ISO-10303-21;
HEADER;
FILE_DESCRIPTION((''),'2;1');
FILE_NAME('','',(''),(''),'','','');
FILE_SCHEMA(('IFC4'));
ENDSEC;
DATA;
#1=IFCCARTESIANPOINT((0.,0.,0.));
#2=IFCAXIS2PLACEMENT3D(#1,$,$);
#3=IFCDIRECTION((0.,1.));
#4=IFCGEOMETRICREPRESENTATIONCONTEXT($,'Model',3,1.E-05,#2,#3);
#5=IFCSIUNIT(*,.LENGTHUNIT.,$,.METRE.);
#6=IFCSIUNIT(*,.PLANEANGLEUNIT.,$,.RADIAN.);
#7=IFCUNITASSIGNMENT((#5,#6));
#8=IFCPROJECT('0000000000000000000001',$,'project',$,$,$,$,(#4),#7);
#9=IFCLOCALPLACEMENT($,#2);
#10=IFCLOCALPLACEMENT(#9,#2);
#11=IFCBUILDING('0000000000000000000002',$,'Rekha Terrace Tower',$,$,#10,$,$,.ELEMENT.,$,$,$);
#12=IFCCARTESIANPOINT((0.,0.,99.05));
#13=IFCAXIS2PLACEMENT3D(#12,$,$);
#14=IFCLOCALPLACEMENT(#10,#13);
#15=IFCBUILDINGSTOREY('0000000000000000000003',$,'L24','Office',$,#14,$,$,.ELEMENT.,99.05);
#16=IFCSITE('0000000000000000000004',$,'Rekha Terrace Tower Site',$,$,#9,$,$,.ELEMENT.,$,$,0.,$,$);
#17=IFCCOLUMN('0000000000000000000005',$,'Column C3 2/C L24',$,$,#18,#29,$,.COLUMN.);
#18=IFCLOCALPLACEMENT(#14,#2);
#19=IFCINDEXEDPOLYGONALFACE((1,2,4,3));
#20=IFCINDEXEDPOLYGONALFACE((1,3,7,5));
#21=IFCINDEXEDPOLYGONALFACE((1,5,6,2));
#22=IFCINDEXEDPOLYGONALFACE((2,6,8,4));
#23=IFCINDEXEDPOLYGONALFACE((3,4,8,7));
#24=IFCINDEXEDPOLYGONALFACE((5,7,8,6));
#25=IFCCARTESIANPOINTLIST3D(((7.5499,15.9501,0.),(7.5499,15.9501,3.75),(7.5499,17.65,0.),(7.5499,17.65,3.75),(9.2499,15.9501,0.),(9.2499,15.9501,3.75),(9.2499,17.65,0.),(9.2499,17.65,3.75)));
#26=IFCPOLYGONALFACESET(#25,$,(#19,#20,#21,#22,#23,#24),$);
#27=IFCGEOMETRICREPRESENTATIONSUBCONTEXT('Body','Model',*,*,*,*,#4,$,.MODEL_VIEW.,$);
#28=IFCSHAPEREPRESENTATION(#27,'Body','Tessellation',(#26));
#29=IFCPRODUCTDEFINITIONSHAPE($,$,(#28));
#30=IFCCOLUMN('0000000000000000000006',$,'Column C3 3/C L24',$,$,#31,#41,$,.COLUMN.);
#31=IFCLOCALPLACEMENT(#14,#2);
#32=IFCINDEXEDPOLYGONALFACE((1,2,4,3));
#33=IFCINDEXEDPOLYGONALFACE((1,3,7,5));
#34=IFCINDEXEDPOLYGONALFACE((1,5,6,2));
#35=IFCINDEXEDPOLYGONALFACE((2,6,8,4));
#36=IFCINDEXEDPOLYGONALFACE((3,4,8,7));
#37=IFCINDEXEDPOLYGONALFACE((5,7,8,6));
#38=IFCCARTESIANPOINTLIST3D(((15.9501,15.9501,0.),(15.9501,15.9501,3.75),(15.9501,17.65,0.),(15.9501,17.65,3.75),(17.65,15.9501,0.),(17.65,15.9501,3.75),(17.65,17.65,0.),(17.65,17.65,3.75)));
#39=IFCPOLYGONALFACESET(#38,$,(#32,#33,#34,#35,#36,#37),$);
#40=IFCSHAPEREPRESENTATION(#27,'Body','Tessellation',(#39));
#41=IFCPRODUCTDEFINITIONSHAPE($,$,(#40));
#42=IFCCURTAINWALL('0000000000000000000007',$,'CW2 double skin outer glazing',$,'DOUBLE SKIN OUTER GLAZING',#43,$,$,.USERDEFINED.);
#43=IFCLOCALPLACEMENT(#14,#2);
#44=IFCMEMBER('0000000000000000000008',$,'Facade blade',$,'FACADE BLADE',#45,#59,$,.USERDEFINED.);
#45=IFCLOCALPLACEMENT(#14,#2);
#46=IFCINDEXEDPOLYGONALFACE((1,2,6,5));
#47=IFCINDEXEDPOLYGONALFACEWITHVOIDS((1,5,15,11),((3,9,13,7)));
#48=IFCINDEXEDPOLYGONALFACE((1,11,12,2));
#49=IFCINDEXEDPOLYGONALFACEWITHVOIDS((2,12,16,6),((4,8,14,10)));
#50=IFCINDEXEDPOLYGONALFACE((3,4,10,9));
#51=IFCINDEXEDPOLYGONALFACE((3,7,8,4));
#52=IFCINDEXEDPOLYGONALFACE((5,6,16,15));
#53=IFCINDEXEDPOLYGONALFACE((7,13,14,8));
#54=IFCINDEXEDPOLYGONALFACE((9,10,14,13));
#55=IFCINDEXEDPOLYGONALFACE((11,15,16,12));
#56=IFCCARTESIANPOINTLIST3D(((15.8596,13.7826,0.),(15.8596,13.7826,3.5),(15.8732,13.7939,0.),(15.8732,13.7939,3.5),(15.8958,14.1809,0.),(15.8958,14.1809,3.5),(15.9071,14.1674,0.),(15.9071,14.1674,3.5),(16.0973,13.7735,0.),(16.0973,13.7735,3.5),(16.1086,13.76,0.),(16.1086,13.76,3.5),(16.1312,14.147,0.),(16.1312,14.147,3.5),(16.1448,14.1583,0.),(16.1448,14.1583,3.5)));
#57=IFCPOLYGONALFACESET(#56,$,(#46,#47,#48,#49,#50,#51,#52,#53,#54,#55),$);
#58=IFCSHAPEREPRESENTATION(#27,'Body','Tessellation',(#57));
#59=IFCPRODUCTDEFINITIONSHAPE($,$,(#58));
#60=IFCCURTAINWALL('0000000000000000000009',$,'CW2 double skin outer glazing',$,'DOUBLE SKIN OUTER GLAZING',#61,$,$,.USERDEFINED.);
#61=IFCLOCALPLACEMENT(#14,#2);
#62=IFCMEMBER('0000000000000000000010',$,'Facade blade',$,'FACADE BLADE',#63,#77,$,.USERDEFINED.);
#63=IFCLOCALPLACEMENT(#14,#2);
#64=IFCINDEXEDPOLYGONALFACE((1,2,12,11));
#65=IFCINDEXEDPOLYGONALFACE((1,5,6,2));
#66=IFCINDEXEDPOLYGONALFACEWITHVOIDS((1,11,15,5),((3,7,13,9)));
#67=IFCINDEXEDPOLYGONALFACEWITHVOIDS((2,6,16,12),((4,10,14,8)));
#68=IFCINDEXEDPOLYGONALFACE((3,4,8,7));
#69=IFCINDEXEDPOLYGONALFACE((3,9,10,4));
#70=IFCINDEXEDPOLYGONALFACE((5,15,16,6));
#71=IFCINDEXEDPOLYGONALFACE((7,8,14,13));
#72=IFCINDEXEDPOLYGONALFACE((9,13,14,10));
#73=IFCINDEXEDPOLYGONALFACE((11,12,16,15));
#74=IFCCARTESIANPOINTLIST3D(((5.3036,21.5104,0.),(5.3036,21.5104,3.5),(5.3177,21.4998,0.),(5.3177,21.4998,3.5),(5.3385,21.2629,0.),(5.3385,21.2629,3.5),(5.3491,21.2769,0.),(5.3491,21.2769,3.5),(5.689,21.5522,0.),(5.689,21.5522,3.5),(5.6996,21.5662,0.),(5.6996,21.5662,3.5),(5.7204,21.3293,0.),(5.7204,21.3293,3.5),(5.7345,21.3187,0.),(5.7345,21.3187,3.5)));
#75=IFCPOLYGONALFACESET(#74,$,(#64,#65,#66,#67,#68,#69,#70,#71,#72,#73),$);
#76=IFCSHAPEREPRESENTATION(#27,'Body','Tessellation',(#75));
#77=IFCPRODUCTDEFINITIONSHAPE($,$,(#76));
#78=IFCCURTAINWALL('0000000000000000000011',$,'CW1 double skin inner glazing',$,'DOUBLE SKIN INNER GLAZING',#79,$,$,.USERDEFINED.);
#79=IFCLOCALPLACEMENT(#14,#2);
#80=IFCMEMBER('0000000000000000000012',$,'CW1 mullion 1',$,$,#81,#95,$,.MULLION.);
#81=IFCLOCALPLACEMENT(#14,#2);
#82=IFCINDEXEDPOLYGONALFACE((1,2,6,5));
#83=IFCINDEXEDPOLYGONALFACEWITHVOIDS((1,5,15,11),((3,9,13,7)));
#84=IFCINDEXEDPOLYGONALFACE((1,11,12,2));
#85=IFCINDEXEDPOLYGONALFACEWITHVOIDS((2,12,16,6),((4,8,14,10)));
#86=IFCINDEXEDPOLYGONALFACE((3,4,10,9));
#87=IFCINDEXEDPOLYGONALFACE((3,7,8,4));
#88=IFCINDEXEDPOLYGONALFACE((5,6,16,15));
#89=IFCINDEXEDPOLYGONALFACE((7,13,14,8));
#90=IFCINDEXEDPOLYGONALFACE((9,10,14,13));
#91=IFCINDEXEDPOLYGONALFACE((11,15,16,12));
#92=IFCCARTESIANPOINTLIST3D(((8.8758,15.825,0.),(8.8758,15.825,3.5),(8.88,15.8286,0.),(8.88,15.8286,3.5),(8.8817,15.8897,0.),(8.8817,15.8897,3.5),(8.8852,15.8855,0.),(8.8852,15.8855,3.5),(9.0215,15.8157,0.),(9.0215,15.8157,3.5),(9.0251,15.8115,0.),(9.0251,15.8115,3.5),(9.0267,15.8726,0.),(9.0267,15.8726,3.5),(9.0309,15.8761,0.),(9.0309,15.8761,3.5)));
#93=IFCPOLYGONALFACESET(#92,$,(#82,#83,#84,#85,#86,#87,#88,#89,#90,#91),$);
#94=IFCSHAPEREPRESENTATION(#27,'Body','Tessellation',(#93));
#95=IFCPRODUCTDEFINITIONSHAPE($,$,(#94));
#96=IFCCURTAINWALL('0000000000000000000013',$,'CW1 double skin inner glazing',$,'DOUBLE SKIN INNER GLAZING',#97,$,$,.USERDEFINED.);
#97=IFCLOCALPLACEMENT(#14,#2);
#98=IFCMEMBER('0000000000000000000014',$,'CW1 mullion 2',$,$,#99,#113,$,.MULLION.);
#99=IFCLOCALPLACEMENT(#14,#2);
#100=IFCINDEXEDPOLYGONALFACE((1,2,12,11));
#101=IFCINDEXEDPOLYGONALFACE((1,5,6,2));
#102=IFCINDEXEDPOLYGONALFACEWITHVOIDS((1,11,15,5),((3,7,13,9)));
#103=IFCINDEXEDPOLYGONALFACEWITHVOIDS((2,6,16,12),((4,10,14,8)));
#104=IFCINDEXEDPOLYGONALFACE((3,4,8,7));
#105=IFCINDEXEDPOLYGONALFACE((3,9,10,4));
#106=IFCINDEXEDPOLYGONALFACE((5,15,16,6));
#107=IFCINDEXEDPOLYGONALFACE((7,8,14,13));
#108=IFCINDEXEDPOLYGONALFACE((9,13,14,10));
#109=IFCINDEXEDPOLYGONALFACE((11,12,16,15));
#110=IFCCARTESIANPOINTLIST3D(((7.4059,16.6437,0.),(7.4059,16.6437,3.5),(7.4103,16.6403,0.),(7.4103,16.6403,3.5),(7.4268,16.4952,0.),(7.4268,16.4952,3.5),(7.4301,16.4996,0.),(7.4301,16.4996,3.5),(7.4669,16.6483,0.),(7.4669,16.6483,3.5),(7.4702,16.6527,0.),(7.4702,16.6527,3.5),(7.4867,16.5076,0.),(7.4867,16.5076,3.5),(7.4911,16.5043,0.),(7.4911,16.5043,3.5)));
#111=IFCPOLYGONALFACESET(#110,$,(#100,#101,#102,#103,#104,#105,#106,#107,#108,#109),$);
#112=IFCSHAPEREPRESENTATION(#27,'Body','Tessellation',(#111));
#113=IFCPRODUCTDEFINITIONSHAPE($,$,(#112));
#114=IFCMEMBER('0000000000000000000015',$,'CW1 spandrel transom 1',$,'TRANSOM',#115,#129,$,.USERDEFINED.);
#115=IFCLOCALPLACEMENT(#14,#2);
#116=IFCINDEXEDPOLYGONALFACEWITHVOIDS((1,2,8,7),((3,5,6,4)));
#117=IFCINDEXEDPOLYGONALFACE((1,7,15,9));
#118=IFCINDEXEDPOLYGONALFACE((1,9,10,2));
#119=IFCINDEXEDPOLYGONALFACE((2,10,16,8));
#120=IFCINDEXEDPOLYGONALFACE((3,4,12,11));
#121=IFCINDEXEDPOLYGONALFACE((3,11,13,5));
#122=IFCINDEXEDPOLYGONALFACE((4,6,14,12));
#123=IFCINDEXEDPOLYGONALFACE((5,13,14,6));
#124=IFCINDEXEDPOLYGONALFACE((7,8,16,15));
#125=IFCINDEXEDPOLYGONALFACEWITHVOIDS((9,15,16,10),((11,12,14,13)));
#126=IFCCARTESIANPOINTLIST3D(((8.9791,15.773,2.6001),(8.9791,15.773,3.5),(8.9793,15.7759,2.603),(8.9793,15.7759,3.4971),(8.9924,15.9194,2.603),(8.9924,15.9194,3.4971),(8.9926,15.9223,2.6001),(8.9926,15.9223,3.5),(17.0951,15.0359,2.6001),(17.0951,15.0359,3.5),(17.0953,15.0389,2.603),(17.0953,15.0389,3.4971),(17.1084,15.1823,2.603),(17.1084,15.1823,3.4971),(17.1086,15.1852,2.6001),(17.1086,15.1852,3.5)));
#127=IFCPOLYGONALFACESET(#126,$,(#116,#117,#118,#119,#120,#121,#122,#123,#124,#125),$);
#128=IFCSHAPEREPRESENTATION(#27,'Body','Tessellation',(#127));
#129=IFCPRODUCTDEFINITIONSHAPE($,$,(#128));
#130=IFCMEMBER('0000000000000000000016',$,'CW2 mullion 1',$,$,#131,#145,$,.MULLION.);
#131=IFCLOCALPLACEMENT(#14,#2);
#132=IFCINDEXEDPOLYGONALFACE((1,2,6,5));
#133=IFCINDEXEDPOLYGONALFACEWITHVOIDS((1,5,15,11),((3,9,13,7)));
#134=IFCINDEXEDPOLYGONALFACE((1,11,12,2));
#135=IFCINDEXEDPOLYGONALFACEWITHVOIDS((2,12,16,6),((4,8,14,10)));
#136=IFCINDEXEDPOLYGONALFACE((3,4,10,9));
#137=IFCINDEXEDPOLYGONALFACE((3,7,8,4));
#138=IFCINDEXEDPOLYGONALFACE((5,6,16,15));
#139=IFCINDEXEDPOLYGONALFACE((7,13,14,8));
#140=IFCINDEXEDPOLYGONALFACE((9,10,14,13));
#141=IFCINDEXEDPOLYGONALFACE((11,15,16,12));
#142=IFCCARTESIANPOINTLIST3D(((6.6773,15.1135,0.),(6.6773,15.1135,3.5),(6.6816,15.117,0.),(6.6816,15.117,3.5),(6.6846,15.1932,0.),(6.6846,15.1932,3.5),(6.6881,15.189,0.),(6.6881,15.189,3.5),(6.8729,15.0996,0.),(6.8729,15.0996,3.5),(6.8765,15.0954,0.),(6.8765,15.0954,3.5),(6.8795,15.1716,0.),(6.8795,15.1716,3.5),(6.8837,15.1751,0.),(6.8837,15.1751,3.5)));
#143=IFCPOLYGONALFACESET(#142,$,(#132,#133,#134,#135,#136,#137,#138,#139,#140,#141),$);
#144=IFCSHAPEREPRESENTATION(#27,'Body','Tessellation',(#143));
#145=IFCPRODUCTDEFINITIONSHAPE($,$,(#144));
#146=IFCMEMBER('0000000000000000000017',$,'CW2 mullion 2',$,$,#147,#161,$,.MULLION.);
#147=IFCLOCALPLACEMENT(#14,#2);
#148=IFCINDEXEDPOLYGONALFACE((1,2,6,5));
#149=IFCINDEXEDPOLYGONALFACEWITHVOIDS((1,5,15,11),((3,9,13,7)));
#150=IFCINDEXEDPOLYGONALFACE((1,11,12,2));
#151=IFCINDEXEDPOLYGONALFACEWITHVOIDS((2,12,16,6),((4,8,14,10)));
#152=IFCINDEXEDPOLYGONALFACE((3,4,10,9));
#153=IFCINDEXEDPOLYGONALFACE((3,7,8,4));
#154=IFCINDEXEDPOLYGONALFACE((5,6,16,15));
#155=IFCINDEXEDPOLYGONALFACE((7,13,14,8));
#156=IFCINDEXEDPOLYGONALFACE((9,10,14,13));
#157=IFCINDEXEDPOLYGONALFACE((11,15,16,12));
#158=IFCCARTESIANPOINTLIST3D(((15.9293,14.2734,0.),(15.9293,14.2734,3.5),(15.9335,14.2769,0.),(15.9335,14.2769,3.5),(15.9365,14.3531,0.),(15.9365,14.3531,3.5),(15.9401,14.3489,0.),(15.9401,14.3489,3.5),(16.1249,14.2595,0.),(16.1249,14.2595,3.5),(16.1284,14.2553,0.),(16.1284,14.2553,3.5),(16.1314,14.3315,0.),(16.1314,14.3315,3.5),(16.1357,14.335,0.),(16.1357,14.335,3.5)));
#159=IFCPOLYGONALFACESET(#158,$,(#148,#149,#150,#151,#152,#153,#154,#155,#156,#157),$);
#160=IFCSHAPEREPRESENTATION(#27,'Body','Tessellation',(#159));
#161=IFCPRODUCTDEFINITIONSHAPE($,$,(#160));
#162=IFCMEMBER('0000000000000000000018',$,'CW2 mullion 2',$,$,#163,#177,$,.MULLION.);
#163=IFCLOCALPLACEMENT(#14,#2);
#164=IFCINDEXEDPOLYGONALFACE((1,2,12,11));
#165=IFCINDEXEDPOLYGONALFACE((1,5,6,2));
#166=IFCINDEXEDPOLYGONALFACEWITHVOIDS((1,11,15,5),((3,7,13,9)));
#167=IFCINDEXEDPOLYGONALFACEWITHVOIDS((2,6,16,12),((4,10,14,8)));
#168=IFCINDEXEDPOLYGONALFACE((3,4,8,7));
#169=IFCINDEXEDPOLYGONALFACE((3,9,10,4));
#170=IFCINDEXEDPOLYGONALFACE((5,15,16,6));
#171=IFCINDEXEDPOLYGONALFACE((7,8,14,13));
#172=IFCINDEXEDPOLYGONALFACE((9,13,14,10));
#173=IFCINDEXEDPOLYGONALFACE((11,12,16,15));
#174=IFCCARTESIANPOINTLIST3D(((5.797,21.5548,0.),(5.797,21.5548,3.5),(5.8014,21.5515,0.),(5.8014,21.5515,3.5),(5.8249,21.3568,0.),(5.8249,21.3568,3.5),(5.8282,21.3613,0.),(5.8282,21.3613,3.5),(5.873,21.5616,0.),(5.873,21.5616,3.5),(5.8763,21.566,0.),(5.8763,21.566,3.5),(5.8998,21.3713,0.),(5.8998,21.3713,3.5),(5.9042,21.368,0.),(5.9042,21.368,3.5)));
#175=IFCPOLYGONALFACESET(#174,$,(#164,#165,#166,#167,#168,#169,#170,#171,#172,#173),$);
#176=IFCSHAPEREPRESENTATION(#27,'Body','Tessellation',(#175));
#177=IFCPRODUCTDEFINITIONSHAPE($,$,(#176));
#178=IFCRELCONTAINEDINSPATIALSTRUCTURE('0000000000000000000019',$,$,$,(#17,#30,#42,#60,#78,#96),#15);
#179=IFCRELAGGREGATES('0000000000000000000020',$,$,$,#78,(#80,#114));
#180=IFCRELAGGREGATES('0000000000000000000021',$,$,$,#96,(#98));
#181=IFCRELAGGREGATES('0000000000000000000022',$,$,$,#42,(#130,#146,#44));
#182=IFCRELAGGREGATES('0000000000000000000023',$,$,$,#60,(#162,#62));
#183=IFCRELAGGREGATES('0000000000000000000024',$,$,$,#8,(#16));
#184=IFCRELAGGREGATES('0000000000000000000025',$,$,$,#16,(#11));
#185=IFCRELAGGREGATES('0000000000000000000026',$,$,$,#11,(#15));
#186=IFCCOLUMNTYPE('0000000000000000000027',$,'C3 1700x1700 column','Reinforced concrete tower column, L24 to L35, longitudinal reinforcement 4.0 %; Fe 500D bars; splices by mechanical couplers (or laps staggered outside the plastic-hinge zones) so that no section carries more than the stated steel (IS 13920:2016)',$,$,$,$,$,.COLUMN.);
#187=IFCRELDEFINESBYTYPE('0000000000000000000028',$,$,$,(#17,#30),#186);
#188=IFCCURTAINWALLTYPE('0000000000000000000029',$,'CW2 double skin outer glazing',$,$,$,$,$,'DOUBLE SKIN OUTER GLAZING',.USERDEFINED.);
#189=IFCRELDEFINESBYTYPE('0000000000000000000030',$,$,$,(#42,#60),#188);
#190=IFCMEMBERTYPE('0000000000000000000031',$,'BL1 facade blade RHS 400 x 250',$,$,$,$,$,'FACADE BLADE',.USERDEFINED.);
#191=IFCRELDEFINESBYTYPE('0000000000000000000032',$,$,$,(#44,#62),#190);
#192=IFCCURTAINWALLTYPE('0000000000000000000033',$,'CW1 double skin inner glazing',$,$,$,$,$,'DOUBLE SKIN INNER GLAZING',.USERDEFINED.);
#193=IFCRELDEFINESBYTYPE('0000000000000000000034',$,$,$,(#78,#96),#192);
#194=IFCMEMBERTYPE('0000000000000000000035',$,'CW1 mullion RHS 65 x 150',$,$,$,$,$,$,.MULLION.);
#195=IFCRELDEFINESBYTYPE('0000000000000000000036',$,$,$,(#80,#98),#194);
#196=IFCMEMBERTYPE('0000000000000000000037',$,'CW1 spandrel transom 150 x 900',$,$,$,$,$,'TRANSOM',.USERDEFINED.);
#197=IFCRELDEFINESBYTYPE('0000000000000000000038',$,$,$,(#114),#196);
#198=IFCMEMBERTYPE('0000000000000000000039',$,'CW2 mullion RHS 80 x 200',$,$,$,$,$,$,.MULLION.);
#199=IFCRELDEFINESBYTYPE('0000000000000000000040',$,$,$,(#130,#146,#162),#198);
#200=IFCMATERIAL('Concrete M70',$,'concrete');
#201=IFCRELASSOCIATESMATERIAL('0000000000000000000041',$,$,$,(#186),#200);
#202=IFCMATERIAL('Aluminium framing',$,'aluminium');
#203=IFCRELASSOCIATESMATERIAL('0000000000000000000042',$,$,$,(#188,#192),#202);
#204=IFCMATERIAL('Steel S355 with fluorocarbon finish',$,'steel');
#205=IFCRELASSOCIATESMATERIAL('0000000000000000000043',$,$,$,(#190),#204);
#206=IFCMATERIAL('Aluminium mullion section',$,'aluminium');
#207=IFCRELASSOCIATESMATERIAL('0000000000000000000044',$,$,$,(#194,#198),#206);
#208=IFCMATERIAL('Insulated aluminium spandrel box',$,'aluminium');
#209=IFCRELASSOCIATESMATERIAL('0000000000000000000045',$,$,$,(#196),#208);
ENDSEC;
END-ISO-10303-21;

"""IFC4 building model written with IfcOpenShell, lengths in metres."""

from ifc_helpers import new_model, si_unit, direction, frame, origin, origin_2d, place, context, subcontext, project, spatial, rectangle, hollow_rectangle, extrude, material, material_profile, profile_set, type_object, element, aggregate, save


model = new_model("IFC4")

# Units and contexts
model_context = context("Model", 3, precision=1e-05, world=origin(), true_north=direction((0.0, 1.0)))
body_context = subcontext(model_context, "Body", "Model", "MODEL_VIEW")
ifc_project = project(units=[si_unit("LENGTHUNIT", "METRE"), si_unit("PLANEANGLEUNIT", "RADIAN")], contexts=[model_context])

# Site, building, storey
site_placement = place(None, origin())
site = spatial("IfcSite", under=ifc_project, at=site_placement, Name="Rekha Terrace Tower Site", CompositionType="ELEMENT", RefElevation=0.0)
building_placement = place(site_placement, origin())
building = spatial("IfcBuilding", under=site, at=building_placement, Name="Rekha Terrace Tower", CompositionType="ELEMENT")
storey_placement = place(building_placement, frame((0.0, 0.0, 99.05)))
storey = spatial("IfcBuildingStorey", under=building, at=storey_placement, Name="L24", Description="Office", CompositionType="ELEMENT", Elevation=99.05)

# Columns
ifc_material_1 = material(Name="Concrete M70", Category="concrete")
ifc_material_profile_1 = material_profile(ifc_material_1, rectangle(XDim=1.7, YDim=1.7, at=origin_2d()), Name="RC 1700x1700")
ifc_profile_set_1 = profile_set([ifc_material_profile_1], Name="Concrete M70")
column_type = type_object("IfcColumnType", Name="C3 1700x1700 column", Description="Reinforced concrete tower column, L24 to L35, longitudinal reinforcement 4.0 %; Fe 500D bars; splices by mechanical couplers (or laps staggered outside the plastic-hinge zones) so that no section carries more than the stated steel (IS 13920:2016)", PredefinedType="COLUMN", material=ifc_profile_set_1)
for number, where, z_axis, x_axis, name in (
    (1, (8.3999, 16.8, 0.0), (0.0, 0.0, 1.0), (1.0, 0.0, 0.0), "Column C3 2/C L24"),
    (2, (16.8, 16.8, 0.0), (0.0, 0.0, 1.0), (1.0, 0.0, 0.0), "Column C3 3/C L24"),
):
    element("IfcColumn", number, at=place(storey_placement, frame(where, z_axis=z_axis, x_axis=x_axis)), inside=storey, type_object=column_type, Name=name, PredefinedType="COLUMN", context=body_context, shape_type="SweptSolid", body=[
        extrude(rectangle(XDim=1.7, YDim=1.7, at=origin_2d()), origin(), (0.0, 0.0, 1.0), 3.75),
    ])

# Curtain walls, members
ifc_material_2 = material(Name="Aluminium framing", Category="aluminium")
curtain_wall_type_1 = type_object("IfcCurtainWallType", Name="CW2 double skin outer glazing", ElementType="DOUBLE SKIN OUTER GLAZING", PredefinedType="USERDEFINED", material=ifc_material_2)
curtain_wall_1_placement = place(storey_placement, origin())
curtain_wall_1 = element("IfcCurtainWall", 3, at=curtain_wall_1_placement, inside=storey, type_object=curtain_wall_type_1, Name="CW2 double skin outer glazing", ObjectType="DOUBLE SKIN OUTER GLAZING", PredefinedType="USERDEFINED")
ifc_material_3 = material(Name="Steel S355 with fluorocarbon finish", Category="steel")
ifc_material_profile_2 = material_profile(ifc_material_3, hollow_rectangle(XDim=0.25, YDim=0.3999, WallThickness=0.0125, at=origin_2d()), Name="RHS400x250x12.5")
ifc_profile_set_2 = profile_set([ifc_material_profile_2], Name="Steel S355 with fluorocarbon finish")
member_type_1 = type_object("IfcMemberType", Name="BL1 facade blade RHS 400 x 250", ElementType="FACADE BLADE", PredefinedType="USERDEFINED", material=ifc_profile_set_2)
member_1_placement = place(storey_placement, frame((16.0022, 13.9705, 0.0), z_axis=(0.0, 0.0, 1.0), x_axis=(0.995902, -0.09044, 0.0)))
member_1 = element("IfcMember", 4, at=member_1_placement, type_object=member_type_1, Name="Facade blade", ObjectType="FACADE BLADE", PredefinedType="USERDEFINED", context=body_context, shape_type="SweptSolid", body=[
    extrude(hollow_rectangle(XDim=0.25, YDim=0.3999, WallThickness=0.0125, at=origin_2d()), origin(), (0.0, 0.0, 1.0), 3.5),
])
curtain_wall_2_placement = place(storey_placement, origin())
curtain_wall_2 = element("IfcCurtainWall", 5, at=curtain_wall_2_placement, inside=storey, type_object=curtain_wall_type_1, Name="CW2 double skin outer glazing", ObjectType="DOUBLE SKIN OUTER GLAZING", PredefinedType="USERDEFINED")
member_2_placement = place(storey_placement, frame((5.519, 21.4146, 0.0), z_axis=(0.0, 0.0, 1.0), x_axis=(0.139597, -0.990208, 0.0)))
member_2 = element("IfcMember", 6, at=member_2_placement, type_object=member_type_1, Name="Facade blade", ObjectType="FACADE BLADE", PredefinedType="USERDEFINED", context=body_context, shape_type="SweptSolid", body=[
    extrude(hollow_rectangle(XDim=0.25, YDim=0.3999, WallThickness=0.0125, at=origin_2d()), origin(), (0.0, 0.0, 1.0), 3.5),
])
curtain_wall_type_2 = type_object("IfcCurtainWallType", Name="CW1 double skin inner glazing", ElementType="DOUBLE SKIN INNER GLAZING", PredefinedType="USERDEFINED", material=ifc_material_2)
curtain_wall_3_placement = place(storey_placement, origin())
curtain_wall_3 = element("IfcCurtainWall", 7, at=curtain_wall_3_placement, inside=storey, type_object=curtain_wall_type_2, Name="CW1 double skin inner glazing", ObjectType="DOUBLE SKIN INNER GLAZING", PredefinedType="USERDEFINED")
ifc_material_4 = material(Name="Aluminium mullion section", Category="aluminium")
ifc_material_profile_3 = material_profile(ifc_material_4, hollow_rectangle(XDim=0.0649, YDim=0.1499, WallThickness=0.0039, at=origin_2d()), Name="AL RHS 65x150")
ifc_profile_set_3 = profile_set([ifc_material_profile_3], Name="Aluminium mullion section")
member_type_2 = type_object("IfcMemberType", Name="CW1 mullion RHS 65 x 150", PredefinedType="MULLION", material=ifc_profile_set_3)
member_3_placement = place(storey_placement, frame((8.9534, 15.8506, 0.0), z_axis=(0.0, 0.0, 1.0), x_axis=(0.09044, 0.995902, 0.0)))
member_3 = element("IfcMember", 8, at=member_3_placement, type_object=member_type_2, Name="CW1 mullion 1", PredefinedType="MULLION", context=body_context, shape_type="SweptSolid", body=[
    extrude(hollow_rectangle(XDim=0.0649, YDim=0.1499, WallThickness=0.0039, at=origin_2d()), origin(), (0.0, 0.0, 1.0), 3.5),
])
curtain_wall_4_placement = place(storey_placement, origin())
curtain_wall_4 = element("IfcCurtainWall", 9, at=curtain_wall_4_placement, inside=storey, type_object=curtain_wall_type_2, Name="CW1 double skin inner glazing", ObjectType="DOUBLE SKIN INNER GLAZING", PredefinedType="USERDEFINED")
member_4_placement = place(storey_placement, frame((7.4485, 16.574, 0.0), z_axis=(0.0, 0.0, 1.0), x_axis=(0.990208, 0.139597, 0.0)))
member_4 = element("IfcMember", 10, at=member_4_placement, type_object=member_type_2, Name="CW1 mullion 2", PredefinedType="MULLION", context=body_context, shape_type="SweptSolid", body=[
    extrude(hollow_rectangle(XDim=0.0649, YDim=0.1499, WallThickness=0.0039, at=origin_2d()), origin(), (0.0, 0.0, 1.0), 3.5),
])

# Members
ifc_material_5 = material(Name="Insulated aluminium spandrel box", Category="aluminium")
ifc_material_profile_4 = material_profile(ifc_material_5, hollow_rectangle(XDim=0.1499, YDim=0.8999, WallThickness=0.0029, at=origin_2d()), Name="AL SPANDREL BOX 150x900")
ifc_profile_set_4 = profile_set([ifc_material_profile_4], Name="Insulated aluminium spandrel box")
member_type_3 = type_object("IfcMemberType", Name="CW1 spandrel transom 150 x 900", ElementType="TRANSOM", PredefinedType="USERDEFINED", material=ifc_profile_set_4)
member_5_placement = place(storey_placement, frame((8.9858, 15.8477, 3.05), z_axis=(0.995902, -0.090444, 0.0), x_axis=(0.090444, 0.995902, 0.0)))
member_5 = element("IfcMember", 11, at=member_5_placement, type_object=member_type_3, Name="CW1 spandrel transom 1", ObjectType="TRANSOM", PredefinedType="USERDEFINED", context=body_context, shape_type="SweptSolid", body=[
    extrude(hollow_rectangle(XDim=0.1499, YDim=0.8999, WallThickness=0.0029, at=origin_2d()), origin(), (0.0, 0.0, 1.0), 8.1494),
])
ifc_material_profile_5 = material_profile(ifc_material_4, hollow_rectangle(XDim=0.0801, YDim=0.2, WallThickness=0.0039, at=origin_2d()), Name="AL RHS 80x200")
ifc_profile_set_5 = profile_set([ifc_material_profile_5], Name="Aluminium mullion section")
member_type_4 = type_object("IfcMemberType", Name="CW2 mullion RHS 80 x 200", PredefinedType="MULLION", material=ifc_profile_set_5)
member_6_placement = place(storey_placement, frame((6.7805, 15.1443, 0.0), z_axis=(0.0, 0.0, 1.0), x_axis=(0.09044, 0.995902, 0.0)))
member_6 = element("IfcMember", 12, at=member_6_placement, type_object=member_type_4, Name="CW2 mullion 1", PredefinedType="MULLION", context=body_context, shape_type="SweptSolid", body=[
    extrude(hollow_rectangle(XDim=0.0801, YDim=0.2, WallThickness=0.0039, at=origin_2d()), origin(), (0.0, 0.0, 1.0), 3.5),
])
member_7_placement = place(storey_placement, frame((16.0325, 14.3042, 0.0), z_axis=(0.0, 0.0, 1.0), x_axis=(0.09044, 0.995902, 0.0)))
member_7 = element("IfcMember", 13, at=member_7_placement, type_object=member_type_4, Name="CW2 mullion 2", PredefinedType="MULLION", context=body_context, shape_type="SweptSolid", body=[
    extrude(hollow_rectangle(XDim=0.0801, YDim=0.2, WallThickness=0.0039, at=origin_2d()), origin(), (0.0, 0.0, 1.0), 3.5),
])
member_8_placement = place(storey_placement, frame((5.8506, 21.4614, 0.0), z_axis=(0.0, 0.0, 1.0), x_axis=(0.990208, 0.139597, 0.0)))
member_8 = element("IfcMember", 14, at=member_8_placement, type_object=member_type_4, Name="CW2 mullion 2", PredefinedType="MULLION", context=body_context, shape_type="SweptSolid", body=[
    extrude(hollow_rectangle(XDim=0.0801, YDim=0.2, WallThickness=0.0039, at=origin_2d()), origin(), (0.0, 0.0, 1.0), 3.5),
])

aggregate(curtain_wall_3, [member_3, member_5])
aggregate(curtain_wall_4, [member_4])
aggregate(curtain_wall_1, [member_6, member_7, member_1])
aggregate(curtain_wall_2, [member_8, member_2])

save(model, "model.ifc")
